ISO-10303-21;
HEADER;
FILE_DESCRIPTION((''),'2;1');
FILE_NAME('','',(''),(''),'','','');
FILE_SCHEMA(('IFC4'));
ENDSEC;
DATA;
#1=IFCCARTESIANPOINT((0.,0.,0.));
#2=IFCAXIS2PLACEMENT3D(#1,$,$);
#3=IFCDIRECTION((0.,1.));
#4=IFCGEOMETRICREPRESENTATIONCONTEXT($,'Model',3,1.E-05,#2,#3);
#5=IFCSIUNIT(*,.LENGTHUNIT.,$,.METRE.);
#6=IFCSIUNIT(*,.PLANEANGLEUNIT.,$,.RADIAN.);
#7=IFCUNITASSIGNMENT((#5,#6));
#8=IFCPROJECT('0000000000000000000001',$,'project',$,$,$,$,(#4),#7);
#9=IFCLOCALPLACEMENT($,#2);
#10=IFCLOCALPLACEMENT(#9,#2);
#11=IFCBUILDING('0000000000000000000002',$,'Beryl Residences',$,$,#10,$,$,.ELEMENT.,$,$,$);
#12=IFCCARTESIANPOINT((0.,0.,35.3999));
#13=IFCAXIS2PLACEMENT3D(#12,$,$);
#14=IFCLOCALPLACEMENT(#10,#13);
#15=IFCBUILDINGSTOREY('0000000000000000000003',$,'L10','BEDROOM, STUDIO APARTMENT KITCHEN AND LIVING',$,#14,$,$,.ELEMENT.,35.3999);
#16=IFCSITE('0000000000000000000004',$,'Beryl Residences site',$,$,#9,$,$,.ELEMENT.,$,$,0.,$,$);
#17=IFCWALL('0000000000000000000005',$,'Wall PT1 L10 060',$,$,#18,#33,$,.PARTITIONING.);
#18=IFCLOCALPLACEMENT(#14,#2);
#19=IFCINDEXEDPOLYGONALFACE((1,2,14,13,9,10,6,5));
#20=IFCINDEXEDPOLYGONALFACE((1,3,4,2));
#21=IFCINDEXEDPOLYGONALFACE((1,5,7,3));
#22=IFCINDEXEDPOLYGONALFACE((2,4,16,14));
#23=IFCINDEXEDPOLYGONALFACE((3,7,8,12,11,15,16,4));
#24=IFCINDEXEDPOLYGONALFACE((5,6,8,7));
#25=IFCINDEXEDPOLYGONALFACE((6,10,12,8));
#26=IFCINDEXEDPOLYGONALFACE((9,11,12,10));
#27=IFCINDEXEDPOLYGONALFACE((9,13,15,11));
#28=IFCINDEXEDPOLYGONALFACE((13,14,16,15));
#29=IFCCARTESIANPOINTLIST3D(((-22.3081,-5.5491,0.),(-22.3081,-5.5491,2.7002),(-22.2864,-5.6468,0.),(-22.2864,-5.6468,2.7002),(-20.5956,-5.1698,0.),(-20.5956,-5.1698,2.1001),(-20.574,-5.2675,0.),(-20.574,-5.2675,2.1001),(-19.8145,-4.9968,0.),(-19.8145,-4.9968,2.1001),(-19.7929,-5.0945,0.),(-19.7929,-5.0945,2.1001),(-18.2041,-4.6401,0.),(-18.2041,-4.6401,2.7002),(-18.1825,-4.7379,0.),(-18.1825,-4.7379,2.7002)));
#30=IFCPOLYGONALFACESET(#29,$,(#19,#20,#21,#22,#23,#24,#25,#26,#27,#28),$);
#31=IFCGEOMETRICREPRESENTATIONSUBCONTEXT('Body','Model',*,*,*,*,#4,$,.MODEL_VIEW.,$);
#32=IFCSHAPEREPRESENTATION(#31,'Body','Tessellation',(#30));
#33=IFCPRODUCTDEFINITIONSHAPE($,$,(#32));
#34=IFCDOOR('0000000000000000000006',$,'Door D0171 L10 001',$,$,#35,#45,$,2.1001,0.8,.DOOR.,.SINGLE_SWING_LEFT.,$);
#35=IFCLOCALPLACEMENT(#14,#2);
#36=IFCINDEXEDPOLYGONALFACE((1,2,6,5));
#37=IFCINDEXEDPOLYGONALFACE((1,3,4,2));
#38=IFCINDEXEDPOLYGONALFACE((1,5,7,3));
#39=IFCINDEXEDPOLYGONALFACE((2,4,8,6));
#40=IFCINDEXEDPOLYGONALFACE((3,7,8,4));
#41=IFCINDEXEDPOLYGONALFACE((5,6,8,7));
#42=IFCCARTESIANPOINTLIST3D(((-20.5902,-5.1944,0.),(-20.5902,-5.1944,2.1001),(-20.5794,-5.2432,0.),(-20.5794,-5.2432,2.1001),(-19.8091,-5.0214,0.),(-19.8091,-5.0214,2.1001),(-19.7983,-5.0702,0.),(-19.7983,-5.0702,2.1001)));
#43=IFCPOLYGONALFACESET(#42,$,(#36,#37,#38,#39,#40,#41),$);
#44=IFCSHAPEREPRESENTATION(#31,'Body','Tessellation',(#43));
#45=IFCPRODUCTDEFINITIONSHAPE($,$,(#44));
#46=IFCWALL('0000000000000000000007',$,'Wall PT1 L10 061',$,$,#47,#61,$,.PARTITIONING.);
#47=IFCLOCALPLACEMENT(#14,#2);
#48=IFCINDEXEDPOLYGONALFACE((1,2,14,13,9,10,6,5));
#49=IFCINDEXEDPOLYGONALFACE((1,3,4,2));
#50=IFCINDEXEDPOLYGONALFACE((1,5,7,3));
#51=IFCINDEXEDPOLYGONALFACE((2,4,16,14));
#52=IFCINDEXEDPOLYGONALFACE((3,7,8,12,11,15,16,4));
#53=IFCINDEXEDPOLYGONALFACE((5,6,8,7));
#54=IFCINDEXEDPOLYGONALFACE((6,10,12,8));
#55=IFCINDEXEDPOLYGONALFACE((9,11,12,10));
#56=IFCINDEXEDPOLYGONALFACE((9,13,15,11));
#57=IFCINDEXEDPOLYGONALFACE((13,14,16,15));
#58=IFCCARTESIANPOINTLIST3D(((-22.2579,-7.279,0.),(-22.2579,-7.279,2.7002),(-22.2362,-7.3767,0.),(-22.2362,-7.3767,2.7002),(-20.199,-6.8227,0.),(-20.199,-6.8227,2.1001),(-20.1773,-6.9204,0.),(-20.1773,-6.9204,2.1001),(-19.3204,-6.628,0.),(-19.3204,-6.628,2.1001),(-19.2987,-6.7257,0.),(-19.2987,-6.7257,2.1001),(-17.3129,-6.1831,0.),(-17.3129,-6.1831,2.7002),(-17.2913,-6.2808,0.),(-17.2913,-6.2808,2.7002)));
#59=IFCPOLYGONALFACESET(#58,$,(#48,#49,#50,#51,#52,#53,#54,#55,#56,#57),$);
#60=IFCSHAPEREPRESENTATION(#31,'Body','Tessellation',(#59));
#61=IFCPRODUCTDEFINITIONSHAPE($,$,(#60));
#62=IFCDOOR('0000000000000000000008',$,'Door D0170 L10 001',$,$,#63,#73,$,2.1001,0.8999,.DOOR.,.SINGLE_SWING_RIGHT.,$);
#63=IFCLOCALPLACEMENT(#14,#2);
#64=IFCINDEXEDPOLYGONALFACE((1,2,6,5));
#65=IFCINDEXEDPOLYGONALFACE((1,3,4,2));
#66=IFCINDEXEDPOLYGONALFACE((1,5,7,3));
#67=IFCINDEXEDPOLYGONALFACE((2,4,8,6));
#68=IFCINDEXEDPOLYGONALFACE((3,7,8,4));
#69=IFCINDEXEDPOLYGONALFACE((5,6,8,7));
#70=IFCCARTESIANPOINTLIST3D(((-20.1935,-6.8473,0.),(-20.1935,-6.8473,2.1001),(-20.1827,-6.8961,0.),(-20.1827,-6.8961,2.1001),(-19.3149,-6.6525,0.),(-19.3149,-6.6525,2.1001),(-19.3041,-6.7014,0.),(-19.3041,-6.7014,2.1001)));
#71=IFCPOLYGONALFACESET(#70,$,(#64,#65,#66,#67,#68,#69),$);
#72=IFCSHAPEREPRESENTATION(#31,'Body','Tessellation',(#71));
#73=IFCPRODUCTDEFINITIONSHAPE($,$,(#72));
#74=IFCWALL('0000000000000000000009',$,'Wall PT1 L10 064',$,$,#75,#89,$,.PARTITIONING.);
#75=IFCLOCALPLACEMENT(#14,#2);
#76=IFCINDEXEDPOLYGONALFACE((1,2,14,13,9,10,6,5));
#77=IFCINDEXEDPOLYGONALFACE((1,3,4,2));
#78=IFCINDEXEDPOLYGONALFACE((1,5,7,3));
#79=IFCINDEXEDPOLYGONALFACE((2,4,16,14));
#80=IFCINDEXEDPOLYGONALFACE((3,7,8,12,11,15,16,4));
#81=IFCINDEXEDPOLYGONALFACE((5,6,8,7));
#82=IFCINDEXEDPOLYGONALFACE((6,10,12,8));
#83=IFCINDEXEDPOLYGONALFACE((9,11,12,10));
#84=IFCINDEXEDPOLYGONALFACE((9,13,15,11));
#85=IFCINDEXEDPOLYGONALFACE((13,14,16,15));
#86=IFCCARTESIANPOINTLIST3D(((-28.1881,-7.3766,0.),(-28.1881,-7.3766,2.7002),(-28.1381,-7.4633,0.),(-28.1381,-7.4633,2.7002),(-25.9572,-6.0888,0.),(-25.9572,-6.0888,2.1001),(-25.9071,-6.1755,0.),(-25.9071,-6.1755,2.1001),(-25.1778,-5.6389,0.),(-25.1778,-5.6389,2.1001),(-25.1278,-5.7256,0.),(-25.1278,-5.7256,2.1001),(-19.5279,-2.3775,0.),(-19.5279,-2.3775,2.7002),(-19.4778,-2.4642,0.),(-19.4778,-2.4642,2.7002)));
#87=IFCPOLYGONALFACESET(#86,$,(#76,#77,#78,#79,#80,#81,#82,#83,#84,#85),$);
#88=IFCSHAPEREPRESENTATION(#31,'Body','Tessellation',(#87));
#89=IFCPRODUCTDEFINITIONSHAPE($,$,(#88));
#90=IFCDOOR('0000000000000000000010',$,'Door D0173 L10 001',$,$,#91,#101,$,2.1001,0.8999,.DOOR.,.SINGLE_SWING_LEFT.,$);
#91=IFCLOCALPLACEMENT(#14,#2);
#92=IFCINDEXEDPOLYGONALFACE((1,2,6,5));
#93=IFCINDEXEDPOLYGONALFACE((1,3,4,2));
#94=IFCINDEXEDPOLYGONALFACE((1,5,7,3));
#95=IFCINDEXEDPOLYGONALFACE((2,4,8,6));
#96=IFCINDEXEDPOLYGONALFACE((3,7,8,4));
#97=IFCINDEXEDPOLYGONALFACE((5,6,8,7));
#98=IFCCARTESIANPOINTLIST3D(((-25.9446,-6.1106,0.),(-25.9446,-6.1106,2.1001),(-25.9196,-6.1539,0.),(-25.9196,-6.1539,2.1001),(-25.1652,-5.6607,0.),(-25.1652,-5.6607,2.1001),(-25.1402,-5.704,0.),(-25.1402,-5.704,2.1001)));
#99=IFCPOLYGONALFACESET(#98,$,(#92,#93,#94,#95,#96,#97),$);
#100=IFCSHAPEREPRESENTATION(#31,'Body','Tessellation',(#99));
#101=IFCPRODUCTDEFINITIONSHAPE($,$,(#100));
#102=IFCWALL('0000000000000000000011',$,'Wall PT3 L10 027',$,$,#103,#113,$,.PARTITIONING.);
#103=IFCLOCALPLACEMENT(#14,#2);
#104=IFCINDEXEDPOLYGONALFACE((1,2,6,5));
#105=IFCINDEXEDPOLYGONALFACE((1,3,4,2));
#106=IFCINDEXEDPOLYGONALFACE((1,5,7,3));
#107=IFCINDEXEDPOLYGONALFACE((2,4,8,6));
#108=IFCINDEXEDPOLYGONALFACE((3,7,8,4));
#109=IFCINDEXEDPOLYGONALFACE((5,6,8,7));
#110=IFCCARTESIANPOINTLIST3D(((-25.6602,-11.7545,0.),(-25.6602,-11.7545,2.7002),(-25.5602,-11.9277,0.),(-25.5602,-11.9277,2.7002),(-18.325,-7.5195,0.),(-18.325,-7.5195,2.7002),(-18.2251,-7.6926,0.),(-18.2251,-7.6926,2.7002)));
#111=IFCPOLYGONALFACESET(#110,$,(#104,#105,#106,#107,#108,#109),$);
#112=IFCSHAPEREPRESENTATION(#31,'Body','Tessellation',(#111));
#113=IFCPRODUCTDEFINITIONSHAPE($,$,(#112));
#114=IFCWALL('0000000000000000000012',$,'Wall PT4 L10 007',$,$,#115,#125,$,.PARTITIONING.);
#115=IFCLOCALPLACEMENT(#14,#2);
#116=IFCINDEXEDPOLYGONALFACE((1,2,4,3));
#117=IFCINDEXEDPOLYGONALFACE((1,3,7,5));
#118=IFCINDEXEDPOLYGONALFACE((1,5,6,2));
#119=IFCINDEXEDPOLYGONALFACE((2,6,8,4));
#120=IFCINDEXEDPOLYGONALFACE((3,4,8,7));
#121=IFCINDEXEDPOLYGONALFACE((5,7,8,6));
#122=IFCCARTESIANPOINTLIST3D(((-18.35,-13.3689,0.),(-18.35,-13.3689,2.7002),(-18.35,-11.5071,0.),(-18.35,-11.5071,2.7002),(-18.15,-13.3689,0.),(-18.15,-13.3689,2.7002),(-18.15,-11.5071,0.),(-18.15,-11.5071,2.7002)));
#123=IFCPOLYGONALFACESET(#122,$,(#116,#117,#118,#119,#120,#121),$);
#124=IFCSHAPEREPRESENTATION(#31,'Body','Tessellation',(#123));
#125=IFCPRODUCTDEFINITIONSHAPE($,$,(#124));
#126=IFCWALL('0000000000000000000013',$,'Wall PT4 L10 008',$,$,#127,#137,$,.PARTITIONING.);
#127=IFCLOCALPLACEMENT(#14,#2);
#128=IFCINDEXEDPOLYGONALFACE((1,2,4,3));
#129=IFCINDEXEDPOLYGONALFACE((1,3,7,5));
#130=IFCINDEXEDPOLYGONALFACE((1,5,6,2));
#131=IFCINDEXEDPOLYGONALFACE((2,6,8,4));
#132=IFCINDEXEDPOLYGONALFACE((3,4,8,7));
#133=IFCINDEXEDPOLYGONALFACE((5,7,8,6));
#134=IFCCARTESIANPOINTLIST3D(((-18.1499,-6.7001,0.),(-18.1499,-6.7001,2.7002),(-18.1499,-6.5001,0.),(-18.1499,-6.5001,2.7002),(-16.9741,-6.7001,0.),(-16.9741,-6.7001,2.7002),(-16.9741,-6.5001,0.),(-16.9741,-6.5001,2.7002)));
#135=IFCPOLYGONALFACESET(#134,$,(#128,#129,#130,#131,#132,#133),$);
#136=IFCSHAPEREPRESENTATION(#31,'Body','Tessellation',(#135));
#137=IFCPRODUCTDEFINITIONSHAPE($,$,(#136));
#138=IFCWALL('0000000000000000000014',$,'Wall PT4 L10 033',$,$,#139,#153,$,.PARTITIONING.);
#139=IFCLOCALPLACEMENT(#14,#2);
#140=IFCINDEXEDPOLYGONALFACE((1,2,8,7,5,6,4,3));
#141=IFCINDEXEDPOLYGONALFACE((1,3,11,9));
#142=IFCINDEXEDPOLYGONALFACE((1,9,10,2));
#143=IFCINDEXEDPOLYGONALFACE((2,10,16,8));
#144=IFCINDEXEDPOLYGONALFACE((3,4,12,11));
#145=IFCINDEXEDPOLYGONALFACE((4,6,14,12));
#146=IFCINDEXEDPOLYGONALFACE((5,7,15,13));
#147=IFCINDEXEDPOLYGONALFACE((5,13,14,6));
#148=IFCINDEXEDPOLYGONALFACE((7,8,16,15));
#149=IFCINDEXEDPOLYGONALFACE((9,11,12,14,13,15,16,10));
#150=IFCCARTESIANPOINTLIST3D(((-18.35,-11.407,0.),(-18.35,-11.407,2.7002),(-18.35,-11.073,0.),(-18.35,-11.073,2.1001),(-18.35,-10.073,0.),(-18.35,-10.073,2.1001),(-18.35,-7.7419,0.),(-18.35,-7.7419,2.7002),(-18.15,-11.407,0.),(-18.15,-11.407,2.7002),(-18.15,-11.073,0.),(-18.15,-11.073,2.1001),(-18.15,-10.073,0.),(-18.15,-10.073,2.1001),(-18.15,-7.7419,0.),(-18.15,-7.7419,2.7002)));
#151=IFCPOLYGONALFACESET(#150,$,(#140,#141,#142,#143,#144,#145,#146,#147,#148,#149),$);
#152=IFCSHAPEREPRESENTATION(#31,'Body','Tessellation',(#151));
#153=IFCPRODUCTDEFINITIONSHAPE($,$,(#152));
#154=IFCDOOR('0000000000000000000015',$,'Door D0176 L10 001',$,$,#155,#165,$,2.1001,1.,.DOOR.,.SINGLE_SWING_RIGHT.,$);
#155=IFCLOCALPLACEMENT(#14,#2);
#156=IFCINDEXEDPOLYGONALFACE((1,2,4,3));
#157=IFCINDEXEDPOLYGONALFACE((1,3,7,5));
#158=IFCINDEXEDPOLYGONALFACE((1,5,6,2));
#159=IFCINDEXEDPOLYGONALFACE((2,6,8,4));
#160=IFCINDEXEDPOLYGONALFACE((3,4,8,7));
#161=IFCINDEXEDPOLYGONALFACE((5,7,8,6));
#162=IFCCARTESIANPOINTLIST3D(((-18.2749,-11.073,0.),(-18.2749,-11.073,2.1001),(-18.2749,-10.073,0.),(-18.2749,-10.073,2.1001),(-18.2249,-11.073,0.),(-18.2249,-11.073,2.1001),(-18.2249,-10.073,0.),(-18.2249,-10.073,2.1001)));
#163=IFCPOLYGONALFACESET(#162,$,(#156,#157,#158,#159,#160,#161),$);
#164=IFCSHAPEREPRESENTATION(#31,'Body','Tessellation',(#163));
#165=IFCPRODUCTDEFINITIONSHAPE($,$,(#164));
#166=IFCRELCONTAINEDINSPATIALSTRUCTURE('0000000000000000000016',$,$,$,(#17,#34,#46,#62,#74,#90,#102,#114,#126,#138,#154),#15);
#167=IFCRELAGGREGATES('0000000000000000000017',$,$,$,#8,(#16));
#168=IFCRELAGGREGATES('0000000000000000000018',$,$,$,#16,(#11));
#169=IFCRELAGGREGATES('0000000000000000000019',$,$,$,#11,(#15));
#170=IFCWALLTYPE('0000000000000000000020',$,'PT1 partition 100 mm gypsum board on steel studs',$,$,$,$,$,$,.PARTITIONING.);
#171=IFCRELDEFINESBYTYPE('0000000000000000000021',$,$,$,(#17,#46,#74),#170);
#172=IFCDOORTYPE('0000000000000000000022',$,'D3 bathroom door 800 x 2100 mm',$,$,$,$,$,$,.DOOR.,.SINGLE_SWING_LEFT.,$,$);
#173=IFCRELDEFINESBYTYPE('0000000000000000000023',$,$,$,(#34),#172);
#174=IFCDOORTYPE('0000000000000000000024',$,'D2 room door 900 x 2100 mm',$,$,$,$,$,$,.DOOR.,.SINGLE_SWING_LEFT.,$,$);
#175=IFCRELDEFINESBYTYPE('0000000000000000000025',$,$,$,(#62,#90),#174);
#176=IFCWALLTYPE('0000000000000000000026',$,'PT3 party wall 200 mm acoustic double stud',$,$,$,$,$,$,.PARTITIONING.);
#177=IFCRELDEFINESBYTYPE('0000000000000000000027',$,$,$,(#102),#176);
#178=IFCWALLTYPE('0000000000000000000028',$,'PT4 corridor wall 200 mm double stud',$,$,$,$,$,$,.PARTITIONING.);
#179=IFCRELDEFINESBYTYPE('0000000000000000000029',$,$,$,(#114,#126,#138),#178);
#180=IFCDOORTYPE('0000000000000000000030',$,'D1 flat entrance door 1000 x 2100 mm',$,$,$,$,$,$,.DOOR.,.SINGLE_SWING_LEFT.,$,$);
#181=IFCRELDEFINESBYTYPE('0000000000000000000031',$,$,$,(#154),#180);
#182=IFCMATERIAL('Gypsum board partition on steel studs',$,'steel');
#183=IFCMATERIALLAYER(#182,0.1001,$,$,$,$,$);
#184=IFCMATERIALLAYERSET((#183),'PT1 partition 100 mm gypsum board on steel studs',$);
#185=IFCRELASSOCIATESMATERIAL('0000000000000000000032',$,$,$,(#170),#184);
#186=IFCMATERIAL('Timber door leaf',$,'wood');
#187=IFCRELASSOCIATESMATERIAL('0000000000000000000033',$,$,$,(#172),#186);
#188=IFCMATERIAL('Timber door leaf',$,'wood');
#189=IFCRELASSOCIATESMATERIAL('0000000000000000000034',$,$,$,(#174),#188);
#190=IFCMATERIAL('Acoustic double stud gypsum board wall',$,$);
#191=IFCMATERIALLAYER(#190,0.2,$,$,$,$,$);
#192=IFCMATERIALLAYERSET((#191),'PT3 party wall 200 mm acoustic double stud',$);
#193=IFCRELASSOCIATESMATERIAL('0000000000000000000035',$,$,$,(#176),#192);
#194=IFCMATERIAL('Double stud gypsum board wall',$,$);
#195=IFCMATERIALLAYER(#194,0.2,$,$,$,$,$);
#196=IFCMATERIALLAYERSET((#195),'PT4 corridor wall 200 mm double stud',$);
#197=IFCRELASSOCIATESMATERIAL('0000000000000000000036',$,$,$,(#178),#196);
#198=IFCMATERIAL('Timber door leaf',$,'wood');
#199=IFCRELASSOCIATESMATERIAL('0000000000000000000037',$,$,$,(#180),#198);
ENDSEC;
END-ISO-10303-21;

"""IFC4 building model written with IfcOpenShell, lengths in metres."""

from ifc_helpers import new_model, si_unit, direction, frame, frame_2d, origin, place, context, subcontext, project, spatial, rectangle, extrude, material, layer, layer_set, type_object, element, fill, save


model = new_model("IFC4")

# Units and contexts
model_context = context("Model", 3, precision=1e-05, world=origin(), true_north=direction((0.0, 1.0)))
body_context = subcontext(model_context, "Body", "Model", "MODEL_VIEW")
ifc_project = project(units=[si_unit("LENGTHUNIT", "METRE"), si_unit("PLANEANGLEUNIT", "RADIAN")], contexts=[model_context])

# Site, building, storey
site_placement = place(None, origin())
site = spatial("IfcSite", under=ifc_project, at=site_placement, Name="Beryl Residences site", CompositionType="ELEMENT", RefElevation=0.0)
building_placement = place(site_placement, origin())
building = spatial("IfcBuilding", under=site, at=building_placement, Name="Beryl Residences", CompositionType="ELEMENT")
storey_placement = place(building_placement, frame((0.0, 0.0, 35.3999)))
storey = spatial("IfcBuildingStorey", under=building, at=storey_placement, Name="L10", Description="BEDROOM, STUDIO APARTMENT KITCHEN AND LIVING", CompositionType="ELEMENT", Elevation=35.3999)

# Shared definitions
ifc_material_1 = material(Name="Gypsum board partition on steel studs", Category="steel")
ifc_layer_1 = layer(ifc_material_1, 0.1001)
ifc_layer_set_1 = layer_set([ifc_layer_1], Name="PT1 partition 100 mm gypsum board on steel studs")
wall_type_1 = type_object("IfcWallType", Name="PT1 partition 100 mm gypsum board on steel studs", PredefinedType="PARTITIONING", material=ifc_layer_set_1)

# Walls, openings, doors
ifc_material_2 = material(Name="Timber door leaf", Category="wood")
door_type_1 = type_object("IfcDoorType", Name="D3 bathroom door 800 x 2100 mm", OperationType="SINGLE_SWING_LEFT", PredefinedType="DOOR", material=ifc_material_2)
ifc_material_3 = material(Name="Timber door leaf", Category="wood")
door_type_2 = type_object("IfcDoorType", Name="D2 room door 900 x 2100 mm", OperationType="SINGLE_SWING_LEFT", PredefinedType="DOOR", material=ifc_material_3)
wall_1_placement = place(storey_placement, frame((-22.2971, -5.5979, 0.0), z_axis=(0.0, 0.0, 1.0), x_axis=(0.976341, 0.216235, 0.0)))
wall_1 = element("IfcWall", 1, at=wall_1_placement, inside=storey, type_object=wall_type_1, Name="Wall PT1 L10 060", PredefinedType="PARTITIONING", context=body_context, shape_type="SweptSolid", body=[
    extrude(rectangle(XDim=4.2034, YDim=0.1001, at=frame_2d((2.1016, 0.0))), origin(), (0.0, 0.0, 1.0), 2.7002),
])
opening_1_placement = place(wall_1_placement, frame((1.7539, 0.0, 0.0)))
opening_1 = element("IfcOpeningElement", 2, at=opening_1_placement, cuts=wall_1, PredefinedType="OPENING", context=body_context, shape_type="SweptSolid", body=[
    extrude(rectangle(XDim=0.8, YDim=2.1001, at=frame_2d((0.3999, 1.05))), frame((0.0, 0.0601, 0.0), z_axis=(0.0, -1.0, 0.0), x_axis=(1.0, 0.0, 0.0)), (0.0, 0.0, 1.0), 0.1201),
])
door_1_placement = place(opening_1_placement, origin())
door_1 = element("IfcDoor", 3, at=door_1_placement, inside=storey, type_object=door_type_1, Name="Door D0171 L10 001", OperationType="SINGLE_SWING_LEFT", OverallHeight=2.1001, OverallWidth=0.8, PredefinedType="DOOR", context=body_context, shape_type="SweptSolid", body=[
    extrude(rectangle(XDim=0.8, YDim=2.1001, at=frame_2d((0.3999, 1.05))), frame((0.0, 0.0249, 0.0), z_axis=(0.0, -1.0, 0.0), x_axis=(1.0, 0.0, 0.0)), (0.0, 0.0, 1.0), 0.05),
])
fill(opening_1, door_1)
wall_2_placement = place(storey_placement, frame((-22.2471, -7.3279, 0.0), z_axis=(0.0, 0.0, 1.0), x_axis=(0.976311, 0.216374, 0.0)))
wall_2 = element("IfcWall", 4, at=wall_2_placement, inside=storey, type_object=wall_type_1, Name="Wall PT1 L10 061", PredefinedType="PARTITIONING", context=body_context, shape_type="SweptSolid", body=[
    extrude(rectangle(XDim=5.0649, YDim=0.1001, at=frame_2d((2.5325, 0.0))), origin(), (0.0, 0.0, 1.0), 2.7002),
])
opening_2_placement = place(wall_2_placement, frame((2.1089, 0.0, 0.0)))
opening_2 = element("IfcOpeningElement", 5, at=opening_2_placement, cuts=wall_2, PredefinedType="OPENING", context=body_context, shape_type="SweptSolid", body=[
    extrude(rectangle(XDim=0.8999, YDim=2.1001, at=frame_2d((0.45, 1.05))), frame((0.0, 0.0601, 0.0), z_axis=(0.0, -1.0, 0.0), x_axis=(1.0, 0.0, 0.0)), (0.0, 0.0, 1.0), 0.1201),
])
door_2_placement = place(opening_2_placement, origin())
door_2 = element("IfcDoor", 6, at=door_2_placement, inside=storey, type_object=door_type_2, Name="Door D0170 L10 001", OperationType="SINGLE_SWING_RIGHT", OverallHeight=2.1001, OverallWidth=0.8999, PredefinedType="DOOR", context=body_context, shape_type="SweptSolid", body=[
    extrude(rectangle(XDim=0.8999, YDim=2.1001, at=frame_2d((0.45, 1.05))), frame((0.0, 0.0249, 0.0), z_axis=(0.0, -1.0, 0.0), x_axis=(1.0, 0.0, 0.0)), (0.0, 0.0, 1.0), 0.05),
])
fill(opening_2, door_2)
wall_3_placement = place(storey_placement, frame((-28.1631, -7.4199, 0.0), z_axis=(0.0, 0.0, 1.0), x_axis=(0.866065, 0.499931, 0.0)))
wall_3 = element("IfcWall", 7, at=wall_3_placement, inside=storey, type_object=wall_type_1, Name="Wall PT1 L10 064", PredefinedType="PARTITIONING", context=body_context, shape_type="SweptSolid", body=[
    extrude(rectangle(XDim=9.9995, YDim=0.1001, at=frame_2d((4.9998, 0.0))), origin(), (0.0, 0.0, 1.0), 2.7002),
])
opening_3_placement = place(wall_3_placement, frame((2.5759, 0.0, 0.0)))
opening_3 = element("IfcOpeningElement", 8, at=opening_3_placement, cuts=wall_3, PredefinedType="OPENING", context=body_context, shape_type="SweptSolid", body=[
    extrude(rectangle(XDim=0.8999, YDim=2.1001, at=frame_2d((0.45, 1.05))), frame((0.0, 0.0601, 0.0), z_axis=(0.0, -1.0, 0.0), x_axis=(1.0, 0.0, 0.0)), (0.0, 0.0, 1.0), 0.1201),
])
door_3_placement = place(opening_3_placement, origin())
door_3 = element("IfcDoor", 9, at=door_3_placement, inside=storey, type_object=door_type_2, Name="Door D0173 L10 001", OperationType="SINGLE_SWING_LEFT", OverallHeight=2.1001, OverallWidth=0.8999, PredefinedType="DOOR", context=body_context, shape_type="SweptSolid", body=[
    extrude(rectangle(XDim=0.8999, YDim=2.1001, at=frame_2d((0.45, 1.05))), frame((0.0, 0.0249, 0.0), z_axis=(0.0, -1.0, 0.0), x_axis=(1.0, 0.0, 0.0)), (0.0, 0.0, 1.0), 0.05),
])
fill(opening_3, door_3)

# Walls
ifc_material_4 = material(Name="Acoustic double stud gypsum board wall")
ifc_layer_2 = layer(ifc_material_4, 0.2)
ifc_layer_set_2 = layer_set([ifc_layer_2], Name="PT3 party wall 200 mm acoustic double stud")
wall_type_2 = type_object("IfcWallType", Name="PT3 party wall 200 mm acoustic double stud", PredefinedType="PARTITIONING", material=ifc_layer_set_2)
wall_4_placement = place(storey_placement, frame((-25.6101, -11.8411, 0.0), z_axis=(0.0, 0.0, 1.0), x_axis=(0.866019, 0.500011, 0.0)))
element("IfcWall", 10, at=wall_4_placement, inside=storey, type_object=wall_type_2, Name="Wall PT3 L10 027", PredefinedType="PARTITIONING", context=body_context, shape_type="SweptSolid", body=[
    extrude(rectangle(XDim=8.47, YDim=0.2, at=frame_2d((4.2349, 0.0))), origin(), (0.0, 0.0, 1.0), 2.7002),
])
ifc_material_5 = material(Name="Double stud gypsum board wall")
ifc_layer_3 = layer(ifc_material_5, 0.2)
ifc_layer_set_3 = layer_set([ifc_layer_3], Name="PT4 corridor wall 200 mm double stud")
wall_type_3 = type_object("IfcWallType", Name="PT4 corridor wall 200 mm double stud", PredefinedType="PARTITIONING", material=ifc_layer_set_3)
wall_5_placement = place(storey_placement, frame((-18.25, -11.5071, 0.0), z_axis=(0.0, 0.0, 1.0), x_axis=(0.0, -1.0, 0.0)))
element("IfcWall", 11, at=wall_5_placement, inside=storey, type_object=wall_type_3, Name="Wall PT4 L10 007", PredefinedType="PARTITIONING", context=body_context, shape_type="SweptSolid", body=[
    extrude(rectangle(XDim=1.8618, YDim=0.2, at=frame_2d((0.9309, 0.0))), origin(), (0.0, 0.0, 1.0), 2.7002),
])
wall_6_placement = place(storey_placement, frame((-18.1499, -6.6001, 0.0), z_axis=(0.0, 0.0, 1.0), x_axis=(1.0, 0.0, 0.0)))
element("IfcWall", 12, at=wall_6_placement, inside=storey, type_object=wall_type_3, Name="Wall PT4 L10 008", PredefinedType="PARTITIONING", context=body_context, shape_type="SweptSolid", body=[
    extrude(rectangle(XDim=1.1758, YDim=0.2, at=frame_2d((0.5879, 0.0))), origin(), (0.0, 0.0, 1.0), 2.7002),
])

# Wall, opening, door
wall_7_placement = place(storey_placement, frame((-18.25, -11.407, 0.0), z_axis=(0.0, 0.0, 1.0), x_axis=(0.0, 1.0, 0.0)))
wall_7 = element("IfcWall", 13, at=wall_7_placement, inside=storey, type_object=wall_type_3, Name="Wall PT4 L10 033", PredefinedType="PARTITIONING", context=body_context, shape_type="SweptSolid", body=[
    extrude(rectangle(XDim=3.665, YDim=0.2, at=frame_2d((1.8325, 0.0))), origin(), (0.0, 0.0, 1.0), 2.7002),
])
opening_4_placement = place(wall_7_placement, frame((0.334, 0.0, 0.0)))
opening_4 = element("IfcOpeningElement", 14, at=opening_4_placement, cuts=wall_7, PredefinedType="OPENING", context=body_context, shape_type="SweptSolid", body=[
    extrude(rectangle(XDim=1.0, YDim=2.1001, at=frame_2d((0.5, 1.05))), frame((0.0, 0.1099, 0.0), z_axis=(0.0, -1.0, 0.0), x_axis=(1.0, 0.0, 0.0)), (0.0, 0.0, 1.0), 0.22),
])
ifc_material_6 = material(Name="Timber door leaf", Category="wood")
door_type_3 = type_object("IfcDoorType", Name="D1 flat entrance door 1000 x 2100 mm", OperationType="SINGLE_SWING_LEFT", PredefinedType="DOOR", material=ifc_material_6)
door_4_placement = place(opening_4_placement, origin())
door_4 = element("IfcDoor", 15, at=door_4_placement, inside=storey, type_object=door_type_3, Name="Door D0176 L10 001", OperationType="SINGLE_SWING_RIGHT", OverallHeight=2.1001, OverallWidth=1.0, PredefinedType="DOOR", context=body_context, shape_type="SweptSolid", body=[
    extrude(rectangle(XDim=1.0, YDim=2.1001, at=frame_2d((0.5, 1.05))), frame((0.0, 0.0249, 0.0), z_axis=(0.0, -1.0, 0.0), x_axis=(1.0, 0.0, 0.0)), (0.0, 0.0, 1.0), 0.05),
])
fill(opening_4, door_4)

save(model, "model.ifc")
